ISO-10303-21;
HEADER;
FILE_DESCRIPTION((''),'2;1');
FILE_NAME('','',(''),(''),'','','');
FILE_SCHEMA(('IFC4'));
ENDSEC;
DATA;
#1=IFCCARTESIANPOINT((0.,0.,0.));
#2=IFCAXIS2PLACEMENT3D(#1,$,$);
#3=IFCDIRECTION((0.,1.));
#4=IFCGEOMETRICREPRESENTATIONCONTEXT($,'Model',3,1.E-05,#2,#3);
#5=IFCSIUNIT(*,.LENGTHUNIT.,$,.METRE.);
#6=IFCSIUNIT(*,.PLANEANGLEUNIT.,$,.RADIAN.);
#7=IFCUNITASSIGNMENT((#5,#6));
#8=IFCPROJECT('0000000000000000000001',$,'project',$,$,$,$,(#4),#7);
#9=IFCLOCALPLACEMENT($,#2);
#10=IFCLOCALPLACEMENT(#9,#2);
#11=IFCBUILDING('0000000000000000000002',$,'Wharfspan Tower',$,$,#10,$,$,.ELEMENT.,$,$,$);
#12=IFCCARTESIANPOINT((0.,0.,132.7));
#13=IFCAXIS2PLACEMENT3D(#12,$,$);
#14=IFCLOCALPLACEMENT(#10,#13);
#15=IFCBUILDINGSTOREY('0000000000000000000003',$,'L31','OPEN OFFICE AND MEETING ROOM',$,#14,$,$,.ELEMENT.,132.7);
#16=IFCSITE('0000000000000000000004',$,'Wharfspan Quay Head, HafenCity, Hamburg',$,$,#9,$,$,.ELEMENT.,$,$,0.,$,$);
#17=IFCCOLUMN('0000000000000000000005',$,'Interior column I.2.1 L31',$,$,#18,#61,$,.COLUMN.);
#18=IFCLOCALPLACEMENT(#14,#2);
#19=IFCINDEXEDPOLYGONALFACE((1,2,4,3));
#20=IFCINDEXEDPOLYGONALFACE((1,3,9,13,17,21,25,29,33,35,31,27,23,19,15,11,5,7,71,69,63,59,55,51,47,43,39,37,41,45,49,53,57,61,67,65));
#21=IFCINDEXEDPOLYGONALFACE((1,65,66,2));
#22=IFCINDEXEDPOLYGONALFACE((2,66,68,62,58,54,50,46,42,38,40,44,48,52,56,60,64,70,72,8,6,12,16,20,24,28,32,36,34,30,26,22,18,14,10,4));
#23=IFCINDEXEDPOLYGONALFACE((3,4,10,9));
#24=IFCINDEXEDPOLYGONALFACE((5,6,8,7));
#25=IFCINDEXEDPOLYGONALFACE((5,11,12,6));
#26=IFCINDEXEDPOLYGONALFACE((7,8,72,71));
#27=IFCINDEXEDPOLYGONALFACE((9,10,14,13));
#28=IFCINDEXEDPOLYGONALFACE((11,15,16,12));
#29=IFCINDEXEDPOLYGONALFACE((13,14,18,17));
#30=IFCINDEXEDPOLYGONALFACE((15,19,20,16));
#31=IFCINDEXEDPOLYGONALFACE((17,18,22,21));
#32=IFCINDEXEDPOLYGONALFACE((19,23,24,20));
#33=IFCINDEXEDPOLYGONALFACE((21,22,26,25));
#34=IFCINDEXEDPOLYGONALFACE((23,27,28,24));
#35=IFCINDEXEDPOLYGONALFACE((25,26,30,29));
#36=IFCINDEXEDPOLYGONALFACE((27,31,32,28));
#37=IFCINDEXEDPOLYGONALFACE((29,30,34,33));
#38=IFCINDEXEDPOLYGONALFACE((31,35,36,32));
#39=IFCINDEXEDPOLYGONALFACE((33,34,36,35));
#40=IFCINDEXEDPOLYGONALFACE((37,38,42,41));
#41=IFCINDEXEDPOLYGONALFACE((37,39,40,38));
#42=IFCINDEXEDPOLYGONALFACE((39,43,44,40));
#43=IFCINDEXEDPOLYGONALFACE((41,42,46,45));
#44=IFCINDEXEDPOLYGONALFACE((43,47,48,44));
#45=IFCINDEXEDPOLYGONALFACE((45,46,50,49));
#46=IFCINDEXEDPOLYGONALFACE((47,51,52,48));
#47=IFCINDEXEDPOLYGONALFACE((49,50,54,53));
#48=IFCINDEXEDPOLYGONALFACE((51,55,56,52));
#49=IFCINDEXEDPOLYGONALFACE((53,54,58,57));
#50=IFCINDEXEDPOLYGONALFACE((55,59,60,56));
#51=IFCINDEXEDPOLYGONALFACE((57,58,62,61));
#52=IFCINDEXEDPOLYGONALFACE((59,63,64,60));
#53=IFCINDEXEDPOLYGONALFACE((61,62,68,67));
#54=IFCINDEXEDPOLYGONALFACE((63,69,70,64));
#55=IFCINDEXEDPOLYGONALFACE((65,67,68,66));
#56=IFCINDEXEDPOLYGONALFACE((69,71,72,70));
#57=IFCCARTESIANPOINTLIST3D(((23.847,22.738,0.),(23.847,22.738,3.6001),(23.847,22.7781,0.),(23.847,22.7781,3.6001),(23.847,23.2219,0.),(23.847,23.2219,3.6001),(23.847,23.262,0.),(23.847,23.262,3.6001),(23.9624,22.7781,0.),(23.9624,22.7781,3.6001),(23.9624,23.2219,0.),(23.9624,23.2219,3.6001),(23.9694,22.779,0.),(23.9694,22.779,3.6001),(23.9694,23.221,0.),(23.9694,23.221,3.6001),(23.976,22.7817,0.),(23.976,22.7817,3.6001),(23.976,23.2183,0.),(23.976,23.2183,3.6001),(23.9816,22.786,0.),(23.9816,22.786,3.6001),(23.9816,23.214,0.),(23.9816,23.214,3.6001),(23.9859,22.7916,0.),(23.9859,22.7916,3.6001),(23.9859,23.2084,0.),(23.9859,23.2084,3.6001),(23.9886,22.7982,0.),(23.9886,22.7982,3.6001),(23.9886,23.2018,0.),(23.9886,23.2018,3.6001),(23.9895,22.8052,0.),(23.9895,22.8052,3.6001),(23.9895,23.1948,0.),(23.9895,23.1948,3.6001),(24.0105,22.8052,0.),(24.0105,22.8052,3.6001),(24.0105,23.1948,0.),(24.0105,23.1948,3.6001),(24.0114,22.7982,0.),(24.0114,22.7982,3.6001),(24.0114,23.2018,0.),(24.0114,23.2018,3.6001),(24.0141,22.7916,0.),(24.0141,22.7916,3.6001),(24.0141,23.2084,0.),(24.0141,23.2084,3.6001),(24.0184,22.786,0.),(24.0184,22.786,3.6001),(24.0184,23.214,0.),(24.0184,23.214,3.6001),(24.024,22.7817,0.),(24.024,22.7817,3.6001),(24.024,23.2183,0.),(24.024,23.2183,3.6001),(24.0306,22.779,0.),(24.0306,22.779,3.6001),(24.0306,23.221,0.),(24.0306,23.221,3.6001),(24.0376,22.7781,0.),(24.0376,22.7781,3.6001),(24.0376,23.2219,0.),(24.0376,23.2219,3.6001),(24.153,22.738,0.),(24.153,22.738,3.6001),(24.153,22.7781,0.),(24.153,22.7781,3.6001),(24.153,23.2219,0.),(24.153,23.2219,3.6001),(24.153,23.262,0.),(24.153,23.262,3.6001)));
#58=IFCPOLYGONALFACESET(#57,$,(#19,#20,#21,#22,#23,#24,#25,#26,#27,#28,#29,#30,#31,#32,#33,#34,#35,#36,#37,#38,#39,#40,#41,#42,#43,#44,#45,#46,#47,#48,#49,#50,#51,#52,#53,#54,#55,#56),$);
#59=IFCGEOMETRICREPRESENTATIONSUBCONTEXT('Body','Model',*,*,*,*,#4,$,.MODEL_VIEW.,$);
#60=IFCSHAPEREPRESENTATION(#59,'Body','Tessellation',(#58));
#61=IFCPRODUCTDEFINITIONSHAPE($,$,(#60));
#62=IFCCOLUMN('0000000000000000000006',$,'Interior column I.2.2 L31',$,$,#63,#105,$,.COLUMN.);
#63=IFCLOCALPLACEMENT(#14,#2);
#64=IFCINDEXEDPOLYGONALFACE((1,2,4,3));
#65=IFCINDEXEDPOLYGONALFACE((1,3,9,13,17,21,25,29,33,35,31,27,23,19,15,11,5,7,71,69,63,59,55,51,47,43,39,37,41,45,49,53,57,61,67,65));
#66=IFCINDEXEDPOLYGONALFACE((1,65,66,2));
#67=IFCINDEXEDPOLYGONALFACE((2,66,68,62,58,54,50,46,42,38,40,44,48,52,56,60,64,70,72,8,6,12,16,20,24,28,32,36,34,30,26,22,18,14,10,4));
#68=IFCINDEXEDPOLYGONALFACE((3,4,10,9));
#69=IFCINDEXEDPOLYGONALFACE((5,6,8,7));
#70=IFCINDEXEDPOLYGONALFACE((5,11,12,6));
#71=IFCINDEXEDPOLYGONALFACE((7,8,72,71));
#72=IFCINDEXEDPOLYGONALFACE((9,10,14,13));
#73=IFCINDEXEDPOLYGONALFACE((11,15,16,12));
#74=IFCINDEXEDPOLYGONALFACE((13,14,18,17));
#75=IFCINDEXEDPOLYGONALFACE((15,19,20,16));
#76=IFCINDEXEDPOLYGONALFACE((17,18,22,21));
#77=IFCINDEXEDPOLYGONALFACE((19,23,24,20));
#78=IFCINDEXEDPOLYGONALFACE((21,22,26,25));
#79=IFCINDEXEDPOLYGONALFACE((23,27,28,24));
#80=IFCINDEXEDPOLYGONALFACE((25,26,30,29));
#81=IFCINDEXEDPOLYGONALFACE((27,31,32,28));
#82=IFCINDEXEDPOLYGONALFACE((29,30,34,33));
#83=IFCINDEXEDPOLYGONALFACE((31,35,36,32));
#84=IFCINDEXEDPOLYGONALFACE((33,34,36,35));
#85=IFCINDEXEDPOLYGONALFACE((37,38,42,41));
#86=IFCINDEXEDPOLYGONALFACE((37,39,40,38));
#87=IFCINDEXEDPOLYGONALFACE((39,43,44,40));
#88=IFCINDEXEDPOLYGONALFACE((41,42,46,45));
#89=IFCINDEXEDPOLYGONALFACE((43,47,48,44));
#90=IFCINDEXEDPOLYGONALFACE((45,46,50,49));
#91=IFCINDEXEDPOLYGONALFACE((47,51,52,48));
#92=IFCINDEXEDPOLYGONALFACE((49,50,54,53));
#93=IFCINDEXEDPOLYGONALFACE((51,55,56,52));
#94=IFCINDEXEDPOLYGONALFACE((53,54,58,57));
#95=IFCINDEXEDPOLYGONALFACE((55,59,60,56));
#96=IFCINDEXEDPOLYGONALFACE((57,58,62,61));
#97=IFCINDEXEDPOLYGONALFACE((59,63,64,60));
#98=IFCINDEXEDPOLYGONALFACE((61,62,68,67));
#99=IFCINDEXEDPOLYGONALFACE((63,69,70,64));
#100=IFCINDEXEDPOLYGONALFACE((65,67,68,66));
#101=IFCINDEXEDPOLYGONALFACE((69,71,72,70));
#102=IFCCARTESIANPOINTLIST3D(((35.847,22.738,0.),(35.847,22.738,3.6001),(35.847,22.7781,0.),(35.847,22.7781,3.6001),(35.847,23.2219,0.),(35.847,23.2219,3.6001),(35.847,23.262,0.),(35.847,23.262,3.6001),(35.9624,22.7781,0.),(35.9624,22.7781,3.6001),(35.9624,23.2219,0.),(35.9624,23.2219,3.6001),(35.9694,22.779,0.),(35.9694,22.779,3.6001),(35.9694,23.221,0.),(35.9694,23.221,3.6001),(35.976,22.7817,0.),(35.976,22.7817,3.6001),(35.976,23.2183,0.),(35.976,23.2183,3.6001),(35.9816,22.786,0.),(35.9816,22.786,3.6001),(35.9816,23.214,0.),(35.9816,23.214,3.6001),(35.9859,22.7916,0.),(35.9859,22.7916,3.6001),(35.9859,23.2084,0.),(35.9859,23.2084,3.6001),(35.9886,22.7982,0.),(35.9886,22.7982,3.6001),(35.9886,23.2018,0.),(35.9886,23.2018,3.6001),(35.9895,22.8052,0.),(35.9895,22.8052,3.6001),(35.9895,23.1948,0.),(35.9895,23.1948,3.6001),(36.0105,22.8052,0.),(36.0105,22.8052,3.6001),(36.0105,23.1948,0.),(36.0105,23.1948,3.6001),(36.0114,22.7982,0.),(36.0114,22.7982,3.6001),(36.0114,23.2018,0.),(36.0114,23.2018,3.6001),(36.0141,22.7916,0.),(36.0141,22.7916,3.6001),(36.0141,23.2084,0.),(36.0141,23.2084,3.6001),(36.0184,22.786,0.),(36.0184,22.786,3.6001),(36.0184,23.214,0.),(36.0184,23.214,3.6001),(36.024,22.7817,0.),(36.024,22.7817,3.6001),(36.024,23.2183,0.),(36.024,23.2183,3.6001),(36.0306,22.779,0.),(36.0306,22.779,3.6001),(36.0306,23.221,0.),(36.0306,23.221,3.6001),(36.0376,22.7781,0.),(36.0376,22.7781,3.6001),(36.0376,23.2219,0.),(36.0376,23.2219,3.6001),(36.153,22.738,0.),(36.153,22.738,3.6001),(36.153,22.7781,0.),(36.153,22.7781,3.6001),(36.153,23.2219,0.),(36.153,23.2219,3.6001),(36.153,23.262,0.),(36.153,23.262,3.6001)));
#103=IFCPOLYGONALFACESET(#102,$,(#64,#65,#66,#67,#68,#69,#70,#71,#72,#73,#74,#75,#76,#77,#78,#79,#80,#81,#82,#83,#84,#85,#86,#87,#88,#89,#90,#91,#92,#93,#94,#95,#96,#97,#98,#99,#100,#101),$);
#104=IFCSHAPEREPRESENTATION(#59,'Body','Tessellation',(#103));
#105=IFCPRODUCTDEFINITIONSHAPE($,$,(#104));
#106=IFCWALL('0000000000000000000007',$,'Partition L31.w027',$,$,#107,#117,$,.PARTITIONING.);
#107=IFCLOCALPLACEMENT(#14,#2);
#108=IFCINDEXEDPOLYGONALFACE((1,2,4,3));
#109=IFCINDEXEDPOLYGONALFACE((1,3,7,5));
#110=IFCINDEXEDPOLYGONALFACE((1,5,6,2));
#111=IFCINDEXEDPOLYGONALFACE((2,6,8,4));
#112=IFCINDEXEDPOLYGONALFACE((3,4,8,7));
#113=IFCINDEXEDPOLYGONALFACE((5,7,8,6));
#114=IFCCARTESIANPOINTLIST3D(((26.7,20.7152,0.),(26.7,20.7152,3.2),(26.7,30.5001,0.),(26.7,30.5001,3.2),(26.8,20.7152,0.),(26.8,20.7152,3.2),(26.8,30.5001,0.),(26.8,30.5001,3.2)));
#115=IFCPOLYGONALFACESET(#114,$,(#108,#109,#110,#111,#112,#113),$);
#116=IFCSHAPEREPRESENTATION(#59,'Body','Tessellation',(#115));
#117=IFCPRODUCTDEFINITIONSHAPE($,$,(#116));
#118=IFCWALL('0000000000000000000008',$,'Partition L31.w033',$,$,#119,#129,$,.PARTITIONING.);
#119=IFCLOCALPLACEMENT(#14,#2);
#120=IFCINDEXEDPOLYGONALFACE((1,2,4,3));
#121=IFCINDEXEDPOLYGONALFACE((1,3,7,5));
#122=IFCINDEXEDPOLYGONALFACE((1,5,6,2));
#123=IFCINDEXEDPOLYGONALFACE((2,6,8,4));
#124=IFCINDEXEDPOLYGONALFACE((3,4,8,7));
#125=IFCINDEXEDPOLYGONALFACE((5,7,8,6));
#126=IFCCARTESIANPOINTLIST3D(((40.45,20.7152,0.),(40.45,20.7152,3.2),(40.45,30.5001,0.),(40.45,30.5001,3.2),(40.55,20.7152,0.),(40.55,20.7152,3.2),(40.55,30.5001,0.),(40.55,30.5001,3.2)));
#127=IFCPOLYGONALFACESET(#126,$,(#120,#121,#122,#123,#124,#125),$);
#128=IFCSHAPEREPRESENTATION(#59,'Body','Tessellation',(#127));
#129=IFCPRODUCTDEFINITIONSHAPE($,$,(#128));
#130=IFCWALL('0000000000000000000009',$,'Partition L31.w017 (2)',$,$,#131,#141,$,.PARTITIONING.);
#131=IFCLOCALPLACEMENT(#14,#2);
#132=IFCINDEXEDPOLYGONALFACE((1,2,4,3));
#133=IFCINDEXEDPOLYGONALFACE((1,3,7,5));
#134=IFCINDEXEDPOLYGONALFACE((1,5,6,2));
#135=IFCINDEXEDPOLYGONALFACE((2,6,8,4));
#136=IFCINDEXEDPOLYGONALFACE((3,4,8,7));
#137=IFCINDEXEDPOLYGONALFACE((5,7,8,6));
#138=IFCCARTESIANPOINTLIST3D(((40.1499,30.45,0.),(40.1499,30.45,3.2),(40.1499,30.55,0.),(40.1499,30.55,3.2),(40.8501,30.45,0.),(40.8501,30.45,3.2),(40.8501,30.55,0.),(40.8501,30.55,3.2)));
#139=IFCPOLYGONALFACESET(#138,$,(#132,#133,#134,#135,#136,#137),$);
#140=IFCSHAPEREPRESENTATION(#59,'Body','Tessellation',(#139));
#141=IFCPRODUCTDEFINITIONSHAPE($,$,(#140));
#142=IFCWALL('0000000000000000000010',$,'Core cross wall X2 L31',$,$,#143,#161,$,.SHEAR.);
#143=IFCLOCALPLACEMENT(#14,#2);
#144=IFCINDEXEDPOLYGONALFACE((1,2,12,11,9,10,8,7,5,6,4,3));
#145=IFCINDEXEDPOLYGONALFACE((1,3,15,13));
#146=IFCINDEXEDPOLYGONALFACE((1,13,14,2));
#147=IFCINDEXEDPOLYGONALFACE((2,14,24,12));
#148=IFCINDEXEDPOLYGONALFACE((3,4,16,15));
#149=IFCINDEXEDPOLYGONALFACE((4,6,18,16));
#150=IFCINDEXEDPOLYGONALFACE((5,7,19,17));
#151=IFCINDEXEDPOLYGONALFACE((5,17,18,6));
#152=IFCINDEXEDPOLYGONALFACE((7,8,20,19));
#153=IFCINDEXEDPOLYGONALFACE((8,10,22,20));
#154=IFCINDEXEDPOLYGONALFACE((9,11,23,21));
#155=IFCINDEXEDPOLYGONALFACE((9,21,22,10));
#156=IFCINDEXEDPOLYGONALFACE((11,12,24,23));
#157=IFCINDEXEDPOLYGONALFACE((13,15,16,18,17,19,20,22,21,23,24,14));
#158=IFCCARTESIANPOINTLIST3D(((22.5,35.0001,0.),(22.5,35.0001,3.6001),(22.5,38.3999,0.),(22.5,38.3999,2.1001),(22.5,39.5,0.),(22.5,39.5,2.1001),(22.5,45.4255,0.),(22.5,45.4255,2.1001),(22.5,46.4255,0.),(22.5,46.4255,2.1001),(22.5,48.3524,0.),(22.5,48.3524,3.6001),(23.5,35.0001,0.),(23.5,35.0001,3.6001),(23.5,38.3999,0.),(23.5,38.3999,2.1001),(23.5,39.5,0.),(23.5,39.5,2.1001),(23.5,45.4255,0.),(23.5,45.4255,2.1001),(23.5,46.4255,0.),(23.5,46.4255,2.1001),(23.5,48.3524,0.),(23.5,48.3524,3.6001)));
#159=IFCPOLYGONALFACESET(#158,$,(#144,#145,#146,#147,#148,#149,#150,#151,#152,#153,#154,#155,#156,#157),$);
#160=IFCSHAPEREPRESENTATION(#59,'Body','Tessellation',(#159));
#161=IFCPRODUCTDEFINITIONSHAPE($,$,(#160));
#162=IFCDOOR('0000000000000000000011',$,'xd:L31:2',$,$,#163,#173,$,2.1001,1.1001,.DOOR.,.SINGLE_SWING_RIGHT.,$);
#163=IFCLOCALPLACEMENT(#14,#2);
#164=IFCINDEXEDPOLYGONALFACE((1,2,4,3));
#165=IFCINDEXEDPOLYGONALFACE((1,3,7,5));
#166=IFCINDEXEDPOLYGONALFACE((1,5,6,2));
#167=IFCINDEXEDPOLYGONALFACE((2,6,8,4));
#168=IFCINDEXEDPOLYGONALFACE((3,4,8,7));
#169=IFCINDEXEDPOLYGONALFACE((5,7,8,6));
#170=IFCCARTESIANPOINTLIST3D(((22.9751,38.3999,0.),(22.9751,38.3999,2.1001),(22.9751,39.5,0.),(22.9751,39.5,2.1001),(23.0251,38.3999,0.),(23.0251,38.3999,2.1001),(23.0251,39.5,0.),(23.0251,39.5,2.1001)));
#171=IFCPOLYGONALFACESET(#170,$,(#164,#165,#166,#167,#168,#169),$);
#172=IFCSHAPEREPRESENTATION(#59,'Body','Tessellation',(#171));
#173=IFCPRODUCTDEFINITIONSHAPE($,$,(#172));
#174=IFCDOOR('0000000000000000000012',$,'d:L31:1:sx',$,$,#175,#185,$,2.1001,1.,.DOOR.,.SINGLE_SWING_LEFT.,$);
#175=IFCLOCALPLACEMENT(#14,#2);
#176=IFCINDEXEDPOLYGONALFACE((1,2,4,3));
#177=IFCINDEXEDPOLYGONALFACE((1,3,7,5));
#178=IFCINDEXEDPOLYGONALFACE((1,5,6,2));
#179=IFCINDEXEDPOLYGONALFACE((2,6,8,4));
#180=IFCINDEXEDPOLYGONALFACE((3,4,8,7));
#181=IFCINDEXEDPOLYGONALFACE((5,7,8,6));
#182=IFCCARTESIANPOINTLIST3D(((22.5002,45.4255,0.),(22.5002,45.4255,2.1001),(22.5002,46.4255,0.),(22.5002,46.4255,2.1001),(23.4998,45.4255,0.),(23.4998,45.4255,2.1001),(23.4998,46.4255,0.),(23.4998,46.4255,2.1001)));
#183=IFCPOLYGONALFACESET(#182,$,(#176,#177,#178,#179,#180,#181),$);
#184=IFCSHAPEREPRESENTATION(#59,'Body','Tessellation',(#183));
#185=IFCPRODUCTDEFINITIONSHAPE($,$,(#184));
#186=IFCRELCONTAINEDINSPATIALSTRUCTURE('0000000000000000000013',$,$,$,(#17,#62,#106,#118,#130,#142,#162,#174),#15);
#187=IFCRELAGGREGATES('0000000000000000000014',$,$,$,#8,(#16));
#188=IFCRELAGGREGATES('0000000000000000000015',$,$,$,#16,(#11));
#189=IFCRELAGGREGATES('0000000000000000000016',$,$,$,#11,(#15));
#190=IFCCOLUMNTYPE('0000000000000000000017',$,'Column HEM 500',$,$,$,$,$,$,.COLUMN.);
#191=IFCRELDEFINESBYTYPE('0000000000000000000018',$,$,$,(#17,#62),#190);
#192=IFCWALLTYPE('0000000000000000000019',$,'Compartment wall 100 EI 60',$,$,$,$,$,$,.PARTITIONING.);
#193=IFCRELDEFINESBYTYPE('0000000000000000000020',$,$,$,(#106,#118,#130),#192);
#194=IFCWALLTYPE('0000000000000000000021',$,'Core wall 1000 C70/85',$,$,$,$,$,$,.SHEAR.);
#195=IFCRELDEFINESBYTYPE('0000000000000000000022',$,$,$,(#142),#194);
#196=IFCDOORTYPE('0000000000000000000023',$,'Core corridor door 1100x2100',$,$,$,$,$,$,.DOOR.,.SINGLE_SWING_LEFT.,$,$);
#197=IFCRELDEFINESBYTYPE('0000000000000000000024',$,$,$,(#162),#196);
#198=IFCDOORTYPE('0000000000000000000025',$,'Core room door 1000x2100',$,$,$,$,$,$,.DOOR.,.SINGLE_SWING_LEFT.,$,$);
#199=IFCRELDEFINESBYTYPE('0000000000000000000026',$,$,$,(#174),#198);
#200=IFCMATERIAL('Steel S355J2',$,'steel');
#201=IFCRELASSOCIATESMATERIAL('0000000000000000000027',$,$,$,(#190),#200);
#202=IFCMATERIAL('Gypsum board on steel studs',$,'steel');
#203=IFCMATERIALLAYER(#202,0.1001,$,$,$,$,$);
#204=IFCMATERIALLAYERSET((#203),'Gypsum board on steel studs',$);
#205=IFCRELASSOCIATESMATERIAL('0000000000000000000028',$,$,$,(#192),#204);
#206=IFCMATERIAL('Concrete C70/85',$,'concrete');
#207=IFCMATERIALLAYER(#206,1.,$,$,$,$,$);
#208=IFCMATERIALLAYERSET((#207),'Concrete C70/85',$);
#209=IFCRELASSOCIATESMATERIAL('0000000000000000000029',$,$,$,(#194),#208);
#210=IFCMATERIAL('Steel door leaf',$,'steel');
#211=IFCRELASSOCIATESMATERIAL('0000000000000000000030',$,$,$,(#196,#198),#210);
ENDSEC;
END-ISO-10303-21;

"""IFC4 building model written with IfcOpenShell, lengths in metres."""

from ifc_helpers import new_model, si_unit, direction, frame, frame_2d, origin, origin_2d, place, context, subcontext, project, spatial, rectangle, i_section, extrude, material, layer, layer_set, material_profile, profile_set, type_object, element, fill, save


model = new_model("IFC4")

# Units and contexts
model_context = context("Model", 3, precision=1e-05, world=origin(), true_north=direction((0.0, 1.0)))
body_context = subcontext(model_context, "Body", "Model", "MODEL_VIEW")
ifc_project = project(units=[si_unit("LENGTHUNIT", "METRE"), si_unit("PLANEANGLEUNIT", "RADIAN")], contexts=[model_context])

# Site, building, storey
site_placement = place(None, origin())
site = spatial("IfcSite", under=ifc_project, at=site_placement, Name="Wharfspan Quay Head, HafenCity, Hamburg", CompositionType="ELEMENT", RefElevation=0.0)
building_placement = place(site_placement, origin())
building = spatial("IfcBuilding", under=site, at=building_placement, Name="Wharfspan Tower", CompositionType="ELEMENT")
storey_placement = place(building_placement, frame((0.0, 0.0, 132.7)))
storey = spatial("IfcBuildingStorey", under=building, at=storey_placement, Name="L31", Description="OPEN OFFICE AND MEETING ROOM", CompositionType="ELEMENT", Elevation=132.7)

# Columns
ifc_material_1 = material(Name="Steel S355J2", Category="steel")
ifc_material_profile = material_profile(ifc_material_1, i_section(OverallWidth=0.3059, OverallDepth=0.5239, WebThickness=0.021, FlangeThickness=0.04, FilletRadius=0.0271, at=origin_2d()))
ifc_profile_set = profile_set([ifc_material_profile], Name="Steel S355J2")
column_type = type_object("IfcColumnType", Name="Column HEM 500", PredefinedType="COLUMN", material=ifc_profile_set)
for number, where, z_axis, x_axis, name in (
    (1, (24.0, 23.0, 0.0), (0.0, 0.0, 1.0), (1.0, 0.0, 0.0), "Interior column I.2.1 L31"),
    (2, (36.0, 23.0, 0.0), (0.0, 0.0, 1.0), (1.0, 0.0, 0.0), "Interior column I.2.2 L31"),
):
    element("IfcColumn", number, at=place(storey_placement, frame(where, z_axis=z_axis, x_axis=x_axis)), inside=storey, type_object=column_type, Name=name, PredefinedType="COLUMN", context=body_context, shape_type="SweptSolid", body=[
        extrude(i_section(OverallWidth=0.3059, OverallDepth=0.5239, WebThickness=0.021, FlangeThickness=0.04, FilletRadius=0.0271, at=origin_2d()), origin(), (0.0, 0.0, 1.0), 3.6001),
    ])

# Walls
ifc_material_2 = material(Name="Gypsum board on steel studs", Category="steel")
ifc_layer_1 = layer(ifc_material_2, 0.1001)
ifc_layer_set_1 = layer_set([ifc_layer_1], Name="Gypsum board on steel studs")
wall_type_1 = type_object("IfcWallType", Name="Compartment wall 100 EI 60", PredefinedType="PARTITIONING", material=ifc_layer_set_1)
for number, where, z_axis, x_axis, name in (
    (3, (26.75, 20.7151, 0.0), (0.0, 0.0, 1.0), (0.0, 1.0, 0.0), "Partition L31.w027"),
    (4, (40.5, 20.7151, 0.0), (0.0, 0.0, 1.0), (0.0, 1.0, 0.0), "Partition L31.w033"),
):
    element("IfcWall", number, at=place(storey_placement, frame(where, z_axis=z_axis, x_axis=x_axis)), inside=storey, type_object=wall_type_1, Name=name, PredefinedType="PARTITIONING", context=body_context, shape_type="SweptSolid", body=[
        extrude(rectangle(XDim=9.7849, YDim=0.1001, at=frame_2d((4.8926, 0.0))), origin(), (0.0, 0.0, 1.0), 3.2),
    ])
wall_1_placement = place(storey_placement, frame((40.1499, 30.5, 0.0), z_axis=(0.0, 0.0, 1.0), x_axis=(1.0, 0.0, 0.0)))
element("IfcWall", 5, at=wall_1_placement, inside=storey, type_object=wall_type_1, Name="Partition L31.w017 (2)", PredefinedType="PARTITIONING", context=body_context, shape_type="SweptSolid", body=[
    extrude(rectangle(XDim=0.7002, YDim=0.1001, at=frame_2d((0.3501, 0.0))), origin(), (0.0, 0.0, 1.0), 3.2),
])

# Wall, openings, doors
ifc_material_3 = material(Name="Concrete C70/85", Category="concrete")
ifc_layer_2 = layer(ifc_material_3, 1.0)
ifc_layer_set_2 = layer_set([ifc_layer_2], Name="Concrete C70/85")
wall_type_2 = type_object("IfcWallType", Name="Core wall 1000 C70/85", PredefinedType="SHEAR", material=ifc_layer_set_2)
wall_2_placement = place(storey_placement, frame((23.0, 35.0, 0.0), z_axis=(0.0, 0.0, 1.0), x_axis=(0.0, 1.0, 0.0)))
wall_2 = element("IfcWall", 6, at=wall_2_placement, inside=storey, type_object=wall_type_2, Name="Core cross wall X2 L31", PredefinedType="SHEAR", context=body_context, shape_type="SweptSolid", body=[
    extrude(rectangle(XDim=13.3523, YDim=1.0, at=frame_2d((6.6763, 0.0))), origin(), (0.0, 0.0, 1.0), 3.6001),
])
opening_1_placement = place(wall_2_placement, frame((10.4255, 0.0, 0.0)))
opening_1 = element("IfcOpeningElement", 7, at=opening_1_placement, cuts=wall_2, PredefinedType="OPENING", context=body_context, shape_type="SweptSolid", body=[
    extrude(rectangle(XDim=1.0, YDim=2.1001, at=frame_2d((0.5, 1.05))), frame((0.0, 0.51, 0.0), z_axis=(0.0, -1.0, 0.0), x_axis=(1.0, 0.0, 0.0)), (0.0, 0.0, 1.0), 1.02),
])
opening_2_placement = place(wall_2_placement, frame((3.3999, 0.0, 0.0)))
opening_2 = element("IfcOpeningElement", 8, at=opening_2_placement, cuts=wall_2, PredefinedType="OPENING", context=body_context, shape_type="SweptSolid", body=[
    extrude(rectangle(XDim=1.1001, YDim=2.1001, at=frame_2d((0.55, 1.05))), frame((0.0, 0.51, 0.0), z_axis=(0.0, -1.0, 0.0), x_axis=(1.0, 0.0, 0.0)), (0.0, 0.0, 1.0), 1.02),
])
ifc_material_4 = material(Name="Steel door leaf", Category="steel")
door_type_1 = type_object("IfcDoorType", Name="Core corridor door 1100x2100", OperationType="SINGLE_SWING_LEFT", PredefinedType="DOOR", material=ifc_material_4)
door_1_placement = place(opening_2_placement, origin())
door_1 = element("IfcDoor", 9, at=door_1_placement, inside=storey, type_object=door_type_1, Name="xd:L31:2", OperationType="SINGLE_SWING_RIGHT", OverallHeight=2.1001, OverallWidth=1.1001, PredefinedType="DOOR", context=body_context, shape_type="SweptSolid", body=[
    extrude(rectangle(XDim=1.1001, YDim=2.1001, at=frame_2d((0.55, 1.05))), frame((0.0, 0.0249, 0.0), z_axis=(0.0, -1.0, 0.0), x_axis=(1.0, 0.0, 0.0)), (0.0, 0.0, 1.0), 0.05),
])
fill(opening_2, door_1)
door_type_2 = type_object("IfcDoorType", Name="Core room door 1000x2100", OperationType="SINGLE_SWING_LEFT", PredefinedType="DOOR", material=ifc_material_4)
door_2_placement = place(opening_1_placement, origin())
door_2 = element("IfcDoor", 10, at=door_2_placement, inside=storey, type_object=door_type_2, Name="d:L31:1:sx", OperationType="SINGLE_SWING_LEFT", OverallHeight=2.1001, OverallWidth=1.0, PredefinedType="DOOR", context=body_context, shape_type="SweptSolid", body=[
    extrude(rectangle(XDim=1.0, YDim=2.1001, at=frame_2d((0.5, 1.05))), frame((0.0, 0.4998, 0.0), z_axis=(0.0, -1.0, 0.0), x_axis=(1.0, 0.0, 0.0)), (0.0, 0.0, 1.0), 0.9995),
])
fill(opening_1, door_2)

save(model, "model.ifc")
